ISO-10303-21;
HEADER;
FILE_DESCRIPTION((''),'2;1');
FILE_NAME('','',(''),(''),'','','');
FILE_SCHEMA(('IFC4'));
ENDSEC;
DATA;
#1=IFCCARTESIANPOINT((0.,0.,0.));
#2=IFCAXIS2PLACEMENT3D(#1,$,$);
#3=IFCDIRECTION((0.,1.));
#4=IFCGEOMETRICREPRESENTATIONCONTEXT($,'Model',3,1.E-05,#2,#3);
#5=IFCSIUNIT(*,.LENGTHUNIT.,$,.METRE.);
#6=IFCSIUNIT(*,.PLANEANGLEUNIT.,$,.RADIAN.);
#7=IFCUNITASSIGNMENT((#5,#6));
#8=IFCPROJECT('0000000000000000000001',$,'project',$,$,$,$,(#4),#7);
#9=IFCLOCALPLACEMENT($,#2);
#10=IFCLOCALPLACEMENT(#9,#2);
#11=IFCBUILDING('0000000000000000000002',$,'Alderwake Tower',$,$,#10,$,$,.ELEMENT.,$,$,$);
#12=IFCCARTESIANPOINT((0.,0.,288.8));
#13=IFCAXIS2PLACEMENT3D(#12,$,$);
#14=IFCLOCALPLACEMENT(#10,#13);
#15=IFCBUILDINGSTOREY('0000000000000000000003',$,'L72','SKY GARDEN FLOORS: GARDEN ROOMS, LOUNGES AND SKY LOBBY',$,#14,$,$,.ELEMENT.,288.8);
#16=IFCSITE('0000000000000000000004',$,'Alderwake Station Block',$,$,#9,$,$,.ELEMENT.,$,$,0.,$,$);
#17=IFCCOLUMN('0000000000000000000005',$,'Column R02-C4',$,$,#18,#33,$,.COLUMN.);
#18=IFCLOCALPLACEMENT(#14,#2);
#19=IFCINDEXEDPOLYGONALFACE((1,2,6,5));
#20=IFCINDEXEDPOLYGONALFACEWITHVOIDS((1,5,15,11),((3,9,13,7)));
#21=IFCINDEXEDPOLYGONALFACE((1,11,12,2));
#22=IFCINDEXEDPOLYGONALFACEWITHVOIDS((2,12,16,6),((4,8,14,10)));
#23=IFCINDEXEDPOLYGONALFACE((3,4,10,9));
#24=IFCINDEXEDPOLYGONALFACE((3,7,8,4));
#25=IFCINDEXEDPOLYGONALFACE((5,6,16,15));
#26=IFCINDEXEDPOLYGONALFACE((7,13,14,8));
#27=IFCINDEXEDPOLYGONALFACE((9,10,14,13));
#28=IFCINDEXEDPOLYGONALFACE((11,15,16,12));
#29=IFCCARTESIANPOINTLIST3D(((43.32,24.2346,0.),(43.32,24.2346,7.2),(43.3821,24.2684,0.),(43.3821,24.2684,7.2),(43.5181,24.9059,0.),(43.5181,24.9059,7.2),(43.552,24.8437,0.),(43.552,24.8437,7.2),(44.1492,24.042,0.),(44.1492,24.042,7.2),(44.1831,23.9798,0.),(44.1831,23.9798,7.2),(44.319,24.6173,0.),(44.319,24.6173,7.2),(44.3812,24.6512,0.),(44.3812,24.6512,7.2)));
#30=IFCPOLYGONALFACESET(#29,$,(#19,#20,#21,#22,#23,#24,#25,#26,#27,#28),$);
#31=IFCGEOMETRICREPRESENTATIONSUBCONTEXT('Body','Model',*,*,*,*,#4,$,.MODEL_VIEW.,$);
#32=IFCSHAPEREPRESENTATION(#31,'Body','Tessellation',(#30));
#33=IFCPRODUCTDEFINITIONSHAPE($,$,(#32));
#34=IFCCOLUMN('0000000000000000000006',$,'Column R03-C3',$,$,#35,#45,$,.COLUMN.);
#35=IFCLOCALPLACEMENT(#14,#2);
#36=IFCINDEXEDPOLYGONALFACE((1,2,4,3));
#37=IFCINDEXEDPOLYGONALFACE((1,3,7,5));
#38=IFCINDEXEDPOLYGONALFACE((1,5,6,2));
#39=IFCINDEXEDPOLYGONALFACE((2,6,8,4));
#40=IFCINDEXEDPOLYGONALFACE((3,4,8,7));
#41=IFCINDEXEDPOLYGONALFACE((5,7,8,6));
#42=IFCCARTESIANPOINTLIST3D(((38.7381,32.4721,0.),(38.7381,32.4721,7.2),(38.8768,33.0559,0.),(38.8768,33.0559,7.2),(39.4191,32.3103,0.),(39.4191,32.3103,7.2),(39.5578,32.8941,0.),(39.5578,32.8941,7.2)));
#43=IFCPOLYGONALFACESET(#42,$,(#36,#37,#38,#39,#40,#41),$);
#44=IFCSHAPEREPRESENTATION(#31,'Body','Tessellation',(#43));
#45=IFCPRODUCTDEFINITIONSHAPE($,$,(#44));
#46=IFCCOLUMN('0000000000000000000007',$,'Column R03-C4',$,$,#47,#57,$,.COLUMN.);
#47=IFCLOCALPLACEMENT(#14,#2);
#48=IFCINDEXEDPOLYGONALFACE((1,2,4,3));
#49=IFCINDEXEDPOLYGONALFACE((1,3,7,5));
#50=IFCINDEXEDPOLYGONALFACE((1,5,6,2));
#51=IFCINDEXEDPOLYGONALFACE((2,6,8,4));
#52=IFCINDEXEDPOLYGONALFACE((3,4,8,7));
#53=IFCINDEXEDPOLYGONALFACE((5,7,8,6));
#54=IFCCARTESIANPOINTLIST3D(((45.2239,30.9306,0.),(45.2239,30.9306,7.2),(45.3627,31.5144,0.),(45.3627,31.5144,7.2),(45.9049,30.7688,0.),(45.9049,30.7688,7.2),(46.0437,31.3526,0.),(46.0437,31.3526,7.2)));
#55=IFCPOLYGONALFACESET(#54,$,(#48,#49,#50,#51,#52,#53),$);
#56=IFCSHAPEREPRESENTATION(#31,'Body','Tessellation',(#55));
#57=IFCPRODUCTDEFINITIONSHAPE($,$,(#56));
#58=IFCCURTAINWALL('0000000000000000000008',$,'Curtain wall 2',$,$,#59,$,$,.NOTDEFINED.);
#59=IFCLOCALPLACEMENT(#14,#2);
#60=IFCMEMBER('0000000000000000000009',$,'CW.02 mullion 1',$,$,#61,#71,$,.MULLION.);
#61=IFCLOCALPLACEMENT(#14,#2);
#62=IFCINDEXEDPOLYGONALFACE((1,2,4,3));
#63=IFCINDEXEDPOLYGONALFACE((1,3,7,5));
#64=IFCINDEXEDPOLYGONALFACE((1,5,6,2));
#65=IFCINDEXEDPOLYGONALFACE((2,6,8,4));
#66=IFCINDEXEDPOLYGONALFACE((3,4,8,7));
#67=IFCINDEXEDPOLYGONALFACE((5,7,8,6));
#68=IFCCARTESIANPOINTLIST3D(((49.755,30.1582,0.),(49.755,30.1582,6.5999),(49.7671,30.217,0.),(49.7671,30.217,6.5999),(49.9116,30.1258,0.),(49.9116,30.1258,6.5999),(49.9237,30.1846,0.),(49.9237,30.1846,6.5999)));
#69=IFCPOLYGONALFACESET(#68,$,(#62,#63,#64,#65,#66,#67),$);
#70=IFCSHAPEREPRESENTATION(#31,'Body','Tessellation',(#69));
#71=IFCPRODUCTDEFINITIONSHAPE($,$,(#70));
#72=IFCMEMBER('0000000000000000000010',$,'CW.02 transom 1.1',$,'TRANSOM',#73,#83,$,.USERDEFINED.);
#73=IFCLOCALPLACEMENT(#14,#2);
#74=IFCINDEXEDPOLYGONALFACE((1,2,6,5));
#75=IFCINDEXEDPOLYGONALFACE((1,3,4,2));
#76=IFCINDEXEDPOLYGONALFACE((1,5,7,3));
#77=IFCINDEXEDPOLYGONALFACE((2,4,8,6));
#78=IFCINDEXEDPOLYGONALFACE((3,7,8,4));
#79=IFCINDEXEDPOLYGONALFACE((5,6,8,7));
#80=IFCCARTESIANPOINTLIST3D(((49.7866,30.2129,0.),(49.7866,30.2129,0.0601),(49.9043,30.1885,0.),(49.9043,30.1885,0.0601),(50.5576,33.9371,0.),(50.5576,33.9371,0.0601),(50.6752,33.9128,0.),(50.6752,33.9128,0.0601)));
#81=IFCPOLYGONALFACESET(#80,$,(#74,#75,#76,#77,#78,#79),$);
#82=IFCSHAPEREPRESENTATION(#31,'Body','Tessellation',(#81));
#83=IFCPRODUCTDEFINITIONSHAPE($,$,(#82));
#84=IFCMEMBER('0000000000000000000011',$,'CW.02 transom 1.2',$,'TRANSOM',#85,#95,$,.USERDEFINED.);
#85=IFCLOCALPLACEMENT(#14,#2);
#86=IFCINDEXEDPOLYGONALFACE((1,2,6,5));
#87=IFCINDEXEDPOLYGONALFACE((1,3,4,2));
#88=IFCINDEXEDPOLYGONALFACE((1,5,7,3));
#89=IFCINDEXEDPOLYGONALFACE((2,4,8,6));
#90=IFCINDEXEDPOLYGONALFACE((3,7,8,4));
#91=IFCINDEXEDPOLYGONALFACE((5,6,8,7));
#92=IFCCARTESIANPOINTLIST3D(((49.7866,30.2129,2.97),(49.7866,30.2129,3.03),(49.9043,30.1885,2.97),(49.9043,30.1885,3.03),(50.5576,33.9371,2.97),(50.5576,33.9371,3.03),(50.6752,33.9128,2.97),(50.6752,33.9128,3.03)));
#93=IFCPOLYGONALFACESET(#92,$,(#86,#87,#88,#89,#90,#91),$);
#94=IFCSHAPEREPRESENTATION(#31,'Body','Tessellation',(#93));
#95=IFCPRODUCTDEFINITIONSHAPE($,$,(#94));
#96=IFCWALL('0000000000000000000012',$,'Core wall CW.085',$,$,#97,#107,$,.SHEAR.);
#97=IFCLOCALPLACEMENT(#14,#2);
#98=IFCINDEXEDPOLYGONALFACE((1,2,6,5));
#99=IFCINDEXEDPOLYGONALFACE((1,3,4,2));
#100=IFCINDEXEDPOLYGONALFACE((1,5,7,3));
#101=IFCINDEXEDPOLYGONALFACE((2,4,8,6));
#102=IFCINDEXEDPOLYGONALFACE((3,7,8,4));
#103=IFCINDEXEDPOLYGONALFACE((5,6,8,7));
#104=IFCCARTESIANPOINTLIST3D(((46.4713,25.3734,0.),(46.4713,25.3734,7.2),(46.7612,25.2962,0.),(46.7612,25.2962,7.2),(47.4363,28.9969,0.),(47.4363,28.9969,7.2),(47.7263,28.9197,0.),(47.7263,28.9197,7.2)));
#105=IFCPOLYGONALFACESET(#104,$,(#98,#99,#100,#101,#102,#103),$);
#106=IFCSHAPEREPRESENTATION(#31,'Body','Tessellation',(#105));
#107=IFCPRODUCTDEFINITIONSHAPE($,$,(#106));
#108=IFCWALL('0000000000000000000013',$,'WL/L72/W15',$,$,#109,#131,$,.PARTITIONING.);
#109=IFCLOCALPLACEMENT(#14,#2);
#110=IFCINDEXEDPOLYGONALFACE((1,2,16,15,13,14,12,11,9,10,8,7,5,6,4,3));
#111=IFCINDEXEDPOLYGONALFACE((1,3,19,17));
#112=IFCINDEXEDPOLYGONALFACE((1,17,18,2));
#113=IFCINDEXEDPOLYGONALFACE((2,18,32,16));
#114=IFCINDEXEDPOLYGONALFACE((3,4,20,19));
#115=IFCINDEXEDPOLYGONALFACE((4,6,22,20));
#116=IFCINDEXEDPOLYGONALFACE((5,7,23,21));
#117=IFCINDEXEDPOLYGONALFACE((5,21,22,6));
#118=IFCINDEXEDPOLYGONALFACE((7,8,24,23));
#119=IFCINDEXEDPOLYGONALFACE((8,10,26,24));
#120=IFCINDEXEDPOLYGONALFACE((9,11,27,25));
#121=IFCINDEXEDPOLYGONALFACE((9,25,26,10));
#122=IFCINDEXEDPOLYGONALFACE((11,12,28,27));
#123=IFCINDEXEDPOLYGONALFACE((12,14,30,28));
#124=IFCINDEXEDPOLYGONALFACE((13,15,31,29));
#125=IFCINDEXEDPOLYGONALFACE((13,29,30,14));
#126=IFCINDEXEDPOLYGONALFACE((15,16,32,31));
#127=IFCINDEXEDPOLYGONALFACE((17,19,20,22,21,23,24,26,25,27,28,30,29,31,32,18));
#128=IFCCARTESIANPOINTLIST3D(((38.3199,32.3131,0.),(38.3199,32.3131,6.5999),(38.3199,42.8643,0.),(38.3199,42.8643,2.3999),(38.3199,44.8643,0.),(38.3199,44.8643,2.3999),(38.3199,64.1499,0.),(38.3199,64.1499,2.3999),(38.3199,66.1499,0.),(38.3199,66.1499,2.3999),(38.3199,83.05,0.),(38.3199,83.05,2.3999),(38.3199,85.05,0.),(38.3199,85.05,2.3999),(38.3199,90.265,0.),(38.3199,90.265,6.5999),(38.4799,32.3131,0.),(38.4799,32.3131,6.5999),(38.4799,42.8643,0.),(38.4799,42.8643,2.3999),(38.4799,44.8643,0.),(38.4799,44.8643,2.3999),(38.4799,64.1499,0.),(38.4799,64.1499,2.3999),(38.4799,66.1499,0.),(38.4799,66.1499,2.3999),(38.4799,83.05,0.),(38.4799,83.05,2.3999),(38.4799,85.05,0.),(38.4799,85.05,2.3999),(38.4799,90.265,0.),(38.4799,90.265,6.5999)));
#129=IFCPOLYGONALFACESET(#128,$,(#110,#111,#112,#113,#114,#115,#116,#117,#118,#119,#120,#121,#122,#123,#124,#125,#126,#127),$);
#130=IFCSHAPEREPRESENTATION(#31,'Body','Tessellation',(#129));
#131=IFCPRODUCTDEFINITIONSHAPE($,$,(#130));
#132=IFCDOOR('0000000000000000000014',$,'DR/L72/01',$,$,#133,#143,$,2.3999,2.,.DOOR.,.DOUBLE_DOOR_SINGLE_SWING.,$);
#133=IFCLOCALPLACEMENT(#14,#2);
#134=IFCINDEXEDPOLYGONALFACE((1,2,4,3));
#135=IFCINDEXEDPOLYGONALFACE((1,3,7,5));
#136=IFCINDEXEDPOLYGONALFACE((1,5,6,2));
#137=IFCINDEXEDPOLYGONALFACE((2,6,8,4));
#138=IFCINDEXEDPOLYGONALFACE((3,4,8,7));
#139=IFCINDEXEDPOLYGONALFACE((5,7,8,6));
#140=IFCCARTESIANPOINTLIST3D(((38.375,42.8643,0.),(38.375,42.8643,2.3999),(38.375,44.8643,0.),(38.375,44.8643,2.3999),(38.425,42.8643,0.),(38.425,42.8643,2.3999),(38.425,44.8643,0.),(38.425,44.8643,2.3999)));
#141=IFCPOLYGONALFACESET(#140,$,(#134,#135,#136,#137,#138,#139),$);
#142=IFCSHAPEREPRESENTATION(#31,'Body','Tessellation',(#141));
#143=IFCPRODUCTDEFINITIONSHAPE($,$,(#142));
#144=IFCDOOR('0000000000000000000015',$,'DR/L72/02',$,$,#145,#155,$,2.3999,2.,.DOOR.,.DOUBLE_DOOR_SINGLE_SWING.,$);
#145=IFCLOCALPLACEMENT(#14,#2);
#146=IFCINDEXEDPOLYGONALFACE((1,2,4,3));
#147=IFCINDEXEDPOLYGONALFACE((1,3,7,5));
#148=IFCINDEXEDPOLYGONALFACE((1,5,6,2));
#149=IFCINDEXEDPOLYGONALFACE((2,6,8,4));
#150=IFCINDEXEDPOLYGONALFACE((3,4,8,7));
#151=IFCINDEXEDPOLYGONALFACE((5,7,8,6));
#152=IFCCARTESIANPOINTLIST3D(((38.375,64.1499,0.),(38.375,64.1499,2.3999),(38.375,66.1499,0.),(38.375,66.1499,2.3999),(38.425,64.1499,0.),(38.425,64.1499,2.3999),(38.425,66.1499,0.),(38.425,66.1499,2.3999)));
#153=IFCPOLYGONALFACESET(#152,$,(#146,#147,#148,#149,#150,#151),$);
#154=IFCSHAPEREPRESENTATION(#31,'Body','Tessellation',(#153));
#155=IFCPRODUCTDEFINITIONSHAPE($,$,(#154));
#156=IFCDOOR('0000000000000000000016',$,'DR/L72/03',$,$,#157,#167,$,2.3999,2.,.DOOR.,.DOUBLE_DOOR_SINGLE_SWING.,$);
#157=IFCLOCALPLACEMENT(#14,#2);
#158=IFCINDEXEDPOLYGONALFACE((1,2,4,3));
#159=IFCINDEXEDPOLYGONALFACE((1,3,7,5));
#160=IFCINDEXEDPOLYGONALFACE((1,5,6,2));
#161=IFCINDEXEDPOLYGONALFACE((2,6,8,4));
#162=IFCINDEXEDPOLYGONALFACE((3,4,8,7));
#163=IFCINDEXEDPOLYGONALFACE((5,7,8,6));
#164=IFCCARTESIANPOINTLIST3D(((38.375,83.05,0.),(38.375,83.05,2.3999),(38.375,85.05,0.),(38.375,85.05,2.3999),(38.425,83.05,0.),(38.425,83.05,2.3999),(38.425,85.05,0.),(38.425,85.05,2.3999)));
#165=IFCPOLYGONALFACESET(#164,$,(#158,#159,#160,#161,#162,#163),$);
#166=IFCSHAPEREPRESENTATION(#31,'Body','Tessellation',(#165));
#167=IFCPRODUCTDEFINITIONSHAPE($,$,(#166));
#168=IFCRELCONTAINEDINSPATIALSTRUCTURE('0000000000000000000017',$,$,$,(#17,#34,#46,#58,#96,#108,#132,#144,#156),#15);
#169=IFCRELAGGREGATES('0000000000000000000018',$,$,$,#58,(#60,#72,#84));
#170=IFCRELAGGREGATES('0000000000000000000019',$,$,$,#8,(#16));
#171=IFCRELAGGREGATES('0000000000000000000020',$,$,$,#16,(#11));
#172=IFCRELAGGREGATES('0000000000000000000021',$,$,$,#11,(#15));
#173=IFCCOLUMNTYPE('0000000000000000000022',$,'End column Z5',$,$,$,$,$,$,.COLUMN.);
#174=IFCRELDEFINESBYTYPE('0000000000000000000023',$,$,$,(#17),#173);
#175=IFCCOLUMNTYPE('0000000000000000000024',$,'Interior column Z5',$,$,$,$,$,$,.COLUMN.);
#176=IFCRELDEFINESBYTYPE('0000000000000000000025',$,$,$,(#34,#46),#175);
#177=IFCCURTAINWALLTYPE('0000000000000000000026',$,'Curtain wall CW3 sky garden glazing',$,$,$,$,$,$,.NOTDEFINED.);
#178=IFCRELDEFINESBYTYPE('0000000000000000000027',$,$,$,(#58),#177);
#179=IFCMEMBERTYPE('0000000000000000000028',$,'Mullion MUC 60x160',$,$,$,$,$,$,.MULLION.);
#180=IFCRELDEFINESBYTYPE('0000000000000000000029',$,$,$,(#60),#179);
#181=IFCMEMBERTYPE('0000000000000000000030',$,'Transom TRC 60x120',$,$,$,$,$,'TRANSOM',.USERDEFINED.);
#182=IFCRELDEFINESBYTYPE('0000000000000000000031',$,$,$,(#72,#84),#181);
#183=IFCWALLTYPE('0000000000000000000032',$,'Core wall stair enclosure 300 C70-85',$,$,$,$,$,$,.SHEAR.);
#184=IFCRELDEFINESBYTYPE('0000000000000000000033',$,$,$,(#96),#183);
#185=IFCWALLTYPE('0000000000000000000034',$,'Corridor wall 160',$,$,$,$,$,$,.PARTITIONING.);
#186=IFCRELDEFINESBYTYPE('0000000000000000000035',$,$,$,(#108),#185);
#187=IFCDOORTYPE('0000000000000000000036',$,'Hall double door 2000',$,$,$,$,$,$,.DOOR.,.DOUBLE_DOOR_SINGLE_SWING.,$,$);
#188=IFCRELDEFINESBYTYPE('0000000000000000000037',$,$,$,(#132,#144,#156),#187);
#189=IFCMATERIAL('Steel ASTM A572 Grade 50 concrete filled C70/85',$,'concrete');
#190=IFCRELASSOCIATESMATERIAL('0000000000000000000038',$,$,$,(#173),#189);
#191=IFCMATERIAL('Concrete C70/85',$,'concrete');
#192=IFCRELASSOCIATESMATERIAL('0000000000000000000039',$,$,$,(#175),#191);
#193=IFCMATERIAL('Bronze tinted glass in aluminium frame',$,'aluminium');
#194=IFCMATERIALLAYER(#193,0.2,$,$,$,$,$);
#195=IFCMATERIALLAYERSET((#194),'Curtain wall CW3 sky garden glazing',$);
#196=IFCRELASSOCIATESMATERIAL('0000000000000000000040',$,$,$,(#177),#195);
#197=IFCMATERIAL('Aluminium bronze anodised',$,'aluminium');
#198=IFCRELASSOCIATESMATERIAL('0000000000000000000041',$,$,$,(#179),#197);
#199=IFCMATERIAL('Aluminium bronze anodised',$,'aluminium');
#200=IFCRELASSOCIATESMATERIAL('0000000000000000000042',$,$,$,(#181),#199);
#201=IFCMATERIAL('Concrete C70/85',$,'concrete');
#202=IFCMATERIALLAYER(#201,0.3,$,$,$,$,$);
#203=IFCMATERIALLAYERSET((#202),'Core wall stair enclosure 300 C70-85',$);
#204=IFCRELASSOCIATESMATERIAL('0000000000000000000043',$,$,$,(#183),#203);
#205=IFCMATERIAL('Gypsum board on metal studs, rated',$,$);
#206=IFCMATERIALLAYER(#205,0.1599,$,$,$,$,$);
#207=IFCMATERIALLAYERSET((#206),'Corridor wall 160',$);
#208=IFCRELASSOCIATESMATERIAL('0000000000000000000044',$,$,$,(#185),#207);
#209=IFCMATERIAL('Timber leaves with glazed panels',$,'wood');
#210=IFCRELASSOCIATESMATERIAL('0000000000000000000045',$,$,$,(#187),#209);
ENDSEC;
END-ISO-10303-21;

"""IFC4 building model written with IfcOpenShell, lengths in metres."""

from ifc_helpers import new_model, si_unit, direction, frame, frame_2d, origin, origin_2d, place, context, subcontext, project, spatial, rectangle, hollow_rectangle, extrude, material, layer, layer_set, material_profile, profile_set, type_object, element, fill, aggregate, save


model = new_model("IFC4")

# Units and contexts
model_context = context("Model", 3, precision=1e-05, world=origin(), true_north=direction((0.0, 1.0)))
body_context = subcontext(model_context, "Body", "Model", "MODEL_VIEW")
ifc_project = project(units=[si_unit("LENGTHUNIT", "METRE"), si_unit("PLANEANGLEUNIT", "RADIAN")], contexts=[model_context])

# Site, building, storey
site_placement = place(None, origin())
site = spatial("IfcSite", under=ifc_project, at=site_placement, Name="Alderwake Station Block", CompositionType="ELEMENT", RefElevation=0.0)
building_placement = place(site_placement, origin())
building = spatial("IfcBuilding", under=site, at=building_placement, Name="Alderwake Tower", CompositionType="ELEMENT")
storey_placement = place(building_placement, frame((0.0, 0.0, 288.8)))
storey = spatial("IfcBuildingStorey", under=building, at=storey_placement, Name="L72", Description="SKY GARDEN FLOORS: GARDEN ROOMS, LOUNGES AND SKY LOBBY", CompositionType="ELEMENT", Elevation=288.8)

# Columns
ifc_material_1 = material(Name="Steel ASTM A572 Grade 50 concrete filled C70/85", Category="concrete")
ifc_material_profile_1 = material_profile(ifc_material_1, hollow_rectangle(XDim=0.7, YDim=0.8999, WallThickness=0.05, at=origin_2d()), Name="BOX 900X700X50")
ifc_profile_set_1 = profile_set([ifc_material_profile_1], Name="Steel ASTM A572 Grade 50 concrete filled C70/85")
column_type_1 = type_object("IfcColumnType", Name="End column Z5", PredefinedType="COLUMN", material=ifc_profile_set_1)
column_placement = place(storey_placement, frame((43.8506, 24.4429, 0.0), z_axis=(0.0, 0.0, 1.0), x_axis=(0.283096, 0.959091, 0.0)))
element("IfcColumn", 1, at=column_placement, inside=storey, type_object=column_type_1, Name="Column R02-C4", PredefinedType="COLUMN", context=body_context, shape_type="SweptSolid", body=[
    extrude(hollow_rectangle(XDim=0.7, YDim=0.8999, WallThickness=0.05, at=origin_2d()), origin(), (0.0, 0.0, 1.0), 7.2),
])
ifc_material_2 = material(Name="Concrete C70/85", Category="concrete")
ifc_material_profile_2 = material_profile(ifc_material_2, rectangle(XDim=0.6001, YDim=0.7, at=origin_2d()), Name="RC 700X600")
ifc_profile_set_2 = profile_set([ifc_material_profile_2], Name="Concrete C70/85")
column_type_2 = type_object("IfcColumnType", Name="Interior column Z5", PredefinedType="COLUMN", material=ifc_profile_set_2)
for number, where, z_axis, x_axis, name in (
    (2, (39.1479, 32.6831, 0.0), (0.0, 0.0, 1.0), (0.231222, 0.972901, 0.0), "Column R03-C3"),
    (3, (45.6338, 31.1416, 0.0), (0.0, 0.0, 1.0), (0.231222, 0.972901, 0.0), "Column R03-C4"),
):
    element("IfcColumn", number, at=place(storey_placement, frame(where, z_axis=z_axis, x_axis=x_axis)), inside=storey, type_object=column_type_2, Name=name, PredefinedType="COLUMN", context=body_context, shape_type="SweptSolid", body=[
        extrude(rectangle(XDim=0.6001, YDim=0.7, at=origin_2d()), origin(), (0.0, 0.0, 1.0), 7.2),
    ])

# Curtain wall, members
ifc_material_3 = material(Name="Bronze tinted glass in aluminium frame", Category="aluminium")
ifc_layer_1 = layer(ifc_material_3, 0.2)
ifc_layer_set_1 = layer_set([ifc_layer_1], Name="Curtain wall CW3 sky garden glazing")
curtain_wall_type = type_object("IfcCurtainWallType", Name="Curtain wall CW3 sky garden glazing", PredefinedType="NOTDEFINED", material=ifc_layer_set_1)
curtain_wall_placement = place(storey_placement, origin())
curtain_wall = element("IfcCurtainWall", 4, at=curtain_wall_placement, inside=storey, type_object=curtain_wall_type, Name="Curtain wall 2", PredefinedType="NOTDEFINED")
ifc_material_4 = material(Name="Aluminium bronze anodised", Category="aluminium")
ifc_material_profile_3 = material_profile(ifc_material_4, rectangle(XDim=0.1599, YDim=0.0601, at=origin_2d()), Name="Mullion MUC 60x160")
ifc_profile_set_3 = profile_set([ifc_material_profile_3], Name="Aluminium bronze anodised")
member_type_1 = type_object("IfcMemberType", Name="Mullion MUC 60x160", PredefinedType="MULLION", material=ifc_profile_set_3)
member_1_placement = place(storey_placement, frame((49.8394, 30.1714, 0.0), z_axis=(0.0, 0.0, 1.0), x_axis=(-0.97923, 0.20275, 0.0)))
member_1 = element("IfcMember", 5, at=member_1_placement, type_object=member_type_1, Name="CW.02 mullion 1", PredefinedType="MULLION", context=body_context, shape_type="SweptSolid", body=[
    extrude(rectangle(XDim=0.1599, YDim=0.0601, at=origin_2d()), origin(), (0.0, 0.0, 1.0), 6.5999),
])
ifc_material_5 = material(Name="Aluminium bronze anodised", Category="aluminium")
ifc_material_profile_4 = material_profile(ifc_material_5, rectangle(XDim=0.1201, YDim=0.0601, at=origin_2d()), Name="Transom TRC 60x120")
ifc_profile_set_4 = profile_set([ifc_material_profile_4], Name="Aluminium bronze anodised")
member_type_2 = type_object("IfcMemberType", Name="Transom TRC 60x120", ElementType="TRANSOM", PredefinedType="USERDEFINED", material=ifc_profile_set_4)
member_2_placement = place(storey_placement, frame((49.8455, 30.2007, 0.03), z_axis=(0.202716, 0.979238, 0.0), x_axis=(-0.979238, 0.202716, 0.0)))
member_2 = element("IfcMember", 6, at=member_2_placement, type_object=member_type_2, Name="CW.02 transom 1.1", ObjectType="TRANSOM", PredefinedType="USERDEFINED", context=body_context, shape_type="SweptSolid", body=[
    extrude(rectangle(XDim=0.1201, YDim=0.0601, at=origin_2d()), origin(), (0.0, 0.0, 1.0), 3.8032),
])
member_3_placement = place(storey_placement, frame((49.8455, 30.2007, 3.0), z_axis=(0.202716, 0.979238, 0.0), x_axis=(-0.979238, 0.202716, 0.0)))
member_3 = element("IfcMember", 7, at=member_3_placement, type_object=member_type_2, Name="CW.02 transom 1.2", ObjectType="TRANSOM", PredefinedType="USERDEFINED", context=body_context, shape_type="SweptSolid", body=[
    extrude(rectangle(XDim=0.1201, YDim=0.0601, at=origin_2d()), origin(), (0.0, 0.0, 1.0), 3.8032),
])
aggregate(curtain_wall, [member_1, member_2, member_3])

# Wall
ifc_material_6 = material(Name="Concrete C70/85", Category="concrete")
ifc_layer_2 = layer(ifc_material_6, 0.3)
ifc_layer_set_2 = layer_set([ifc_layer_2], Name="Core wall stair enclosure 300 C70-85")
wall_type_1 = type_object("IfcWallType", Name="Core wall stair enclosure 300 C70-85", PredefinedType="SHEAR", material=ifc_layer_set_2)
wall_1_placement = place(storey_placement, frame((46.6162, 25.3347, 0.0), z_axis=(0.0, 0.0, 1.0), x_axis=(0.257367, 0.966314, 0.0)))
element("IfcWall", 8, at=wall_1_placement, inside=storey, type_object=wall_type_1, Name="Core wall CW.085", PredefinedType="SHEAR", context=body_context, shape_type="SweptSolid", body=[
    extrude(rectangle(XDim=3.7498, YDim=0.3, at=frame_2d((1.875, 0.0))), origin(), (0.0, 0.0, 1.0), 7.2),
])

# Wall, openings, doors
ifc_material_7 = material(Name="Gypsum board on metal studs, rated")
ifc_layer_3 = layer(ifc_material_7, 0.1599)
ifc_layer_set_3 = layer_set([ifc_layer_3], Name="Corridor wall 160")
wall_type_2 = type_object("IfcWallType", Name="Corridor wall 160", PredefinedType="PARTITIONING", material=ifc_layer_set_3)
wall_2_placement = place(storey_placement, frame((38.3999, 32.313, 0.0), z_axis=(0.0, 0.0, 1.0), x_axis=(0.0, 1.0, 0.0)))
wall_2 = element("IfcWall", 9, at=wall_2_placement, inside=storey, type_object=wall_type_2, Name="WL/L72/W15", PredefinedType="PARTITIONING", context=body_context, shape_type="SweptSolid", body=[
    extrude(rectangle(XDim=57.9519, YDim=0.1599, at=frame_2d((28.9761, 0.0))), origin(), (0.0, 0.0, 1.0), 6.5999),
])
opening_1_placement = place(wall_2_placement, frame((10.5513, 0.0, 0.0)))
opening_1 = element("IfcOpeningElement", 10, at=opening_1_placement, cuts=wall_2, PredefinedType="OPENING", context=body_context, shape_type="SweptSolid", body=[
    extrude(rectangle(XDim=2.0, YDim=2.3999, at=frame_2d((1.0, 1.2))), frame((0.0, 0.0898, 0.0), z_axis=(0.0, -1.0, 0.0), x_axis=(1.0, 0.0, 0.0)), (0.0, 0.0, 1.0), 0.1799),
])
opening_2_placement = place(wall_2_placement, frame((31.8369, 0.0, 0.0)))
opening_2 = element("IfcOpeningElement", 11, at=opening_2_placement, cuts=wall_2, PredefinedType="OPENING", context=body_context, shape_type="SweptSolid", body=[
    extrude(rectangle(XDim=2.0, YDim=2.3999, at=frame_2d((1.0, 1.2))), frame((0.0, 0.0898, 0.0), z_axis=(0.0, -1.0, 0.0), x_axis=(1.0, 0.0, 0.0)), (0.0, 0.0, 1.0), 0.1799),
])
opening_3_placement = place(wall_2_placement, frame((50.7371, 0.0, 0.0)))
opening_3 = element("IfcOpeningElement", 12, at=opening_3_placement, cuts=wall_2, PredefinedType="OPENING", context=body_context, shape_type="SweptSolid", body=[
    extrude(rectangle(XDim=2.0, YDim=2.3999, at=frame_2d((1.0, 1.2))), frame((0.0, 0.0898, 0.0), z_axis=(0.0, -1.0, 0.0), x_axis=(1.0, 0.0, 0.0)), (0.0, 0.0, 1.0), 0.1799),
])
ifc_material_8 = material(Name="Timber leaves with glazed panels", Category="wood")
door_type = type_object("IfcDoorType", Name="Hall double door 2000", OperationType="DOUBLE_DOOR_SINGLE_SWING", PredefinedType="DOOR", material=ifc_material_8)
door_1_placement = place(opening_1_placement, origin())
door_1 = element("IfcDoor", 13, at=door_1_placement, inside=storey, type_object=door_type, Name="DR/L72/01", OperationType="DOUBLE_DOOR_SINGLE_SWING", OverallHeight=2.3999, OverallWidth=2.0, PredefinedType="DOOR", context=body_context, shape_type="SweptSolid", body=[
    extrude(rectangle(XDim=2.0, YDim=2.3999, at=frame_2d((1.0, 1.2))), frame((0.0, 0.0249, 0.0), z_axis=(0.0, -1.0, 0.0), x_axis=(1.0, 0.0, 0.0)), (0.0, 0.0, 1.0), 0.05),
])
fill(opening_1, door_1)
door_2_placement = place(opening_2_placement, origin())
door_2 = element("IfcDoor", 14, at=door_2_placement, inside=storey, type_object=door_type, Name="DR/L72/02", OperationType="DOUBLE_DOOR_SINGLE_SWING", OverallHeight=2.3999, OverallWidth=2.0, PredefinedType="DOOR", context=body_context, shape_type="SweptSolid", body=[
    extrude(rectangle(XDim=2.0, YDim=2.3999, at=frame_2d((1.0, 1.2))), frame((0.0, 0.0249, 0.0), z_axis=(0.0, -1.0, 0.0), x_axis=(1.0, 0.0, 0.0)), (0.0, 0.0, 1.0), 0.05),
])
fill(opening_2, door_2)
door_3_placement = place(opening_3_placement, origin())
door_3 = element("IfcDoor", 15, at=door_3_placement, inside=storey, type_object=door_type, Name="DR/L72/03", OperationType="DOUBLE_DOOR_SINGLE_SWING", OverallHeight=2.3999, OverallWidth=2.0, PredefinedType="DOOR", context=body_context, shape_type="SweptSolid", body=[
    extrude(rectangle(XDim=2.0, YDim=2.3999, at=frame_2d((1.0, 1.2))), frame((0.0, 0.0249, 0.0), z_axis=(0.0, -1.0, 0.0), x_axis=(1.0, 0.0, 0.0)), (0.0, 0.0, 1.0), 0.05),
])
fill(opening_3, door_3)

save(model, "model.ifc")
